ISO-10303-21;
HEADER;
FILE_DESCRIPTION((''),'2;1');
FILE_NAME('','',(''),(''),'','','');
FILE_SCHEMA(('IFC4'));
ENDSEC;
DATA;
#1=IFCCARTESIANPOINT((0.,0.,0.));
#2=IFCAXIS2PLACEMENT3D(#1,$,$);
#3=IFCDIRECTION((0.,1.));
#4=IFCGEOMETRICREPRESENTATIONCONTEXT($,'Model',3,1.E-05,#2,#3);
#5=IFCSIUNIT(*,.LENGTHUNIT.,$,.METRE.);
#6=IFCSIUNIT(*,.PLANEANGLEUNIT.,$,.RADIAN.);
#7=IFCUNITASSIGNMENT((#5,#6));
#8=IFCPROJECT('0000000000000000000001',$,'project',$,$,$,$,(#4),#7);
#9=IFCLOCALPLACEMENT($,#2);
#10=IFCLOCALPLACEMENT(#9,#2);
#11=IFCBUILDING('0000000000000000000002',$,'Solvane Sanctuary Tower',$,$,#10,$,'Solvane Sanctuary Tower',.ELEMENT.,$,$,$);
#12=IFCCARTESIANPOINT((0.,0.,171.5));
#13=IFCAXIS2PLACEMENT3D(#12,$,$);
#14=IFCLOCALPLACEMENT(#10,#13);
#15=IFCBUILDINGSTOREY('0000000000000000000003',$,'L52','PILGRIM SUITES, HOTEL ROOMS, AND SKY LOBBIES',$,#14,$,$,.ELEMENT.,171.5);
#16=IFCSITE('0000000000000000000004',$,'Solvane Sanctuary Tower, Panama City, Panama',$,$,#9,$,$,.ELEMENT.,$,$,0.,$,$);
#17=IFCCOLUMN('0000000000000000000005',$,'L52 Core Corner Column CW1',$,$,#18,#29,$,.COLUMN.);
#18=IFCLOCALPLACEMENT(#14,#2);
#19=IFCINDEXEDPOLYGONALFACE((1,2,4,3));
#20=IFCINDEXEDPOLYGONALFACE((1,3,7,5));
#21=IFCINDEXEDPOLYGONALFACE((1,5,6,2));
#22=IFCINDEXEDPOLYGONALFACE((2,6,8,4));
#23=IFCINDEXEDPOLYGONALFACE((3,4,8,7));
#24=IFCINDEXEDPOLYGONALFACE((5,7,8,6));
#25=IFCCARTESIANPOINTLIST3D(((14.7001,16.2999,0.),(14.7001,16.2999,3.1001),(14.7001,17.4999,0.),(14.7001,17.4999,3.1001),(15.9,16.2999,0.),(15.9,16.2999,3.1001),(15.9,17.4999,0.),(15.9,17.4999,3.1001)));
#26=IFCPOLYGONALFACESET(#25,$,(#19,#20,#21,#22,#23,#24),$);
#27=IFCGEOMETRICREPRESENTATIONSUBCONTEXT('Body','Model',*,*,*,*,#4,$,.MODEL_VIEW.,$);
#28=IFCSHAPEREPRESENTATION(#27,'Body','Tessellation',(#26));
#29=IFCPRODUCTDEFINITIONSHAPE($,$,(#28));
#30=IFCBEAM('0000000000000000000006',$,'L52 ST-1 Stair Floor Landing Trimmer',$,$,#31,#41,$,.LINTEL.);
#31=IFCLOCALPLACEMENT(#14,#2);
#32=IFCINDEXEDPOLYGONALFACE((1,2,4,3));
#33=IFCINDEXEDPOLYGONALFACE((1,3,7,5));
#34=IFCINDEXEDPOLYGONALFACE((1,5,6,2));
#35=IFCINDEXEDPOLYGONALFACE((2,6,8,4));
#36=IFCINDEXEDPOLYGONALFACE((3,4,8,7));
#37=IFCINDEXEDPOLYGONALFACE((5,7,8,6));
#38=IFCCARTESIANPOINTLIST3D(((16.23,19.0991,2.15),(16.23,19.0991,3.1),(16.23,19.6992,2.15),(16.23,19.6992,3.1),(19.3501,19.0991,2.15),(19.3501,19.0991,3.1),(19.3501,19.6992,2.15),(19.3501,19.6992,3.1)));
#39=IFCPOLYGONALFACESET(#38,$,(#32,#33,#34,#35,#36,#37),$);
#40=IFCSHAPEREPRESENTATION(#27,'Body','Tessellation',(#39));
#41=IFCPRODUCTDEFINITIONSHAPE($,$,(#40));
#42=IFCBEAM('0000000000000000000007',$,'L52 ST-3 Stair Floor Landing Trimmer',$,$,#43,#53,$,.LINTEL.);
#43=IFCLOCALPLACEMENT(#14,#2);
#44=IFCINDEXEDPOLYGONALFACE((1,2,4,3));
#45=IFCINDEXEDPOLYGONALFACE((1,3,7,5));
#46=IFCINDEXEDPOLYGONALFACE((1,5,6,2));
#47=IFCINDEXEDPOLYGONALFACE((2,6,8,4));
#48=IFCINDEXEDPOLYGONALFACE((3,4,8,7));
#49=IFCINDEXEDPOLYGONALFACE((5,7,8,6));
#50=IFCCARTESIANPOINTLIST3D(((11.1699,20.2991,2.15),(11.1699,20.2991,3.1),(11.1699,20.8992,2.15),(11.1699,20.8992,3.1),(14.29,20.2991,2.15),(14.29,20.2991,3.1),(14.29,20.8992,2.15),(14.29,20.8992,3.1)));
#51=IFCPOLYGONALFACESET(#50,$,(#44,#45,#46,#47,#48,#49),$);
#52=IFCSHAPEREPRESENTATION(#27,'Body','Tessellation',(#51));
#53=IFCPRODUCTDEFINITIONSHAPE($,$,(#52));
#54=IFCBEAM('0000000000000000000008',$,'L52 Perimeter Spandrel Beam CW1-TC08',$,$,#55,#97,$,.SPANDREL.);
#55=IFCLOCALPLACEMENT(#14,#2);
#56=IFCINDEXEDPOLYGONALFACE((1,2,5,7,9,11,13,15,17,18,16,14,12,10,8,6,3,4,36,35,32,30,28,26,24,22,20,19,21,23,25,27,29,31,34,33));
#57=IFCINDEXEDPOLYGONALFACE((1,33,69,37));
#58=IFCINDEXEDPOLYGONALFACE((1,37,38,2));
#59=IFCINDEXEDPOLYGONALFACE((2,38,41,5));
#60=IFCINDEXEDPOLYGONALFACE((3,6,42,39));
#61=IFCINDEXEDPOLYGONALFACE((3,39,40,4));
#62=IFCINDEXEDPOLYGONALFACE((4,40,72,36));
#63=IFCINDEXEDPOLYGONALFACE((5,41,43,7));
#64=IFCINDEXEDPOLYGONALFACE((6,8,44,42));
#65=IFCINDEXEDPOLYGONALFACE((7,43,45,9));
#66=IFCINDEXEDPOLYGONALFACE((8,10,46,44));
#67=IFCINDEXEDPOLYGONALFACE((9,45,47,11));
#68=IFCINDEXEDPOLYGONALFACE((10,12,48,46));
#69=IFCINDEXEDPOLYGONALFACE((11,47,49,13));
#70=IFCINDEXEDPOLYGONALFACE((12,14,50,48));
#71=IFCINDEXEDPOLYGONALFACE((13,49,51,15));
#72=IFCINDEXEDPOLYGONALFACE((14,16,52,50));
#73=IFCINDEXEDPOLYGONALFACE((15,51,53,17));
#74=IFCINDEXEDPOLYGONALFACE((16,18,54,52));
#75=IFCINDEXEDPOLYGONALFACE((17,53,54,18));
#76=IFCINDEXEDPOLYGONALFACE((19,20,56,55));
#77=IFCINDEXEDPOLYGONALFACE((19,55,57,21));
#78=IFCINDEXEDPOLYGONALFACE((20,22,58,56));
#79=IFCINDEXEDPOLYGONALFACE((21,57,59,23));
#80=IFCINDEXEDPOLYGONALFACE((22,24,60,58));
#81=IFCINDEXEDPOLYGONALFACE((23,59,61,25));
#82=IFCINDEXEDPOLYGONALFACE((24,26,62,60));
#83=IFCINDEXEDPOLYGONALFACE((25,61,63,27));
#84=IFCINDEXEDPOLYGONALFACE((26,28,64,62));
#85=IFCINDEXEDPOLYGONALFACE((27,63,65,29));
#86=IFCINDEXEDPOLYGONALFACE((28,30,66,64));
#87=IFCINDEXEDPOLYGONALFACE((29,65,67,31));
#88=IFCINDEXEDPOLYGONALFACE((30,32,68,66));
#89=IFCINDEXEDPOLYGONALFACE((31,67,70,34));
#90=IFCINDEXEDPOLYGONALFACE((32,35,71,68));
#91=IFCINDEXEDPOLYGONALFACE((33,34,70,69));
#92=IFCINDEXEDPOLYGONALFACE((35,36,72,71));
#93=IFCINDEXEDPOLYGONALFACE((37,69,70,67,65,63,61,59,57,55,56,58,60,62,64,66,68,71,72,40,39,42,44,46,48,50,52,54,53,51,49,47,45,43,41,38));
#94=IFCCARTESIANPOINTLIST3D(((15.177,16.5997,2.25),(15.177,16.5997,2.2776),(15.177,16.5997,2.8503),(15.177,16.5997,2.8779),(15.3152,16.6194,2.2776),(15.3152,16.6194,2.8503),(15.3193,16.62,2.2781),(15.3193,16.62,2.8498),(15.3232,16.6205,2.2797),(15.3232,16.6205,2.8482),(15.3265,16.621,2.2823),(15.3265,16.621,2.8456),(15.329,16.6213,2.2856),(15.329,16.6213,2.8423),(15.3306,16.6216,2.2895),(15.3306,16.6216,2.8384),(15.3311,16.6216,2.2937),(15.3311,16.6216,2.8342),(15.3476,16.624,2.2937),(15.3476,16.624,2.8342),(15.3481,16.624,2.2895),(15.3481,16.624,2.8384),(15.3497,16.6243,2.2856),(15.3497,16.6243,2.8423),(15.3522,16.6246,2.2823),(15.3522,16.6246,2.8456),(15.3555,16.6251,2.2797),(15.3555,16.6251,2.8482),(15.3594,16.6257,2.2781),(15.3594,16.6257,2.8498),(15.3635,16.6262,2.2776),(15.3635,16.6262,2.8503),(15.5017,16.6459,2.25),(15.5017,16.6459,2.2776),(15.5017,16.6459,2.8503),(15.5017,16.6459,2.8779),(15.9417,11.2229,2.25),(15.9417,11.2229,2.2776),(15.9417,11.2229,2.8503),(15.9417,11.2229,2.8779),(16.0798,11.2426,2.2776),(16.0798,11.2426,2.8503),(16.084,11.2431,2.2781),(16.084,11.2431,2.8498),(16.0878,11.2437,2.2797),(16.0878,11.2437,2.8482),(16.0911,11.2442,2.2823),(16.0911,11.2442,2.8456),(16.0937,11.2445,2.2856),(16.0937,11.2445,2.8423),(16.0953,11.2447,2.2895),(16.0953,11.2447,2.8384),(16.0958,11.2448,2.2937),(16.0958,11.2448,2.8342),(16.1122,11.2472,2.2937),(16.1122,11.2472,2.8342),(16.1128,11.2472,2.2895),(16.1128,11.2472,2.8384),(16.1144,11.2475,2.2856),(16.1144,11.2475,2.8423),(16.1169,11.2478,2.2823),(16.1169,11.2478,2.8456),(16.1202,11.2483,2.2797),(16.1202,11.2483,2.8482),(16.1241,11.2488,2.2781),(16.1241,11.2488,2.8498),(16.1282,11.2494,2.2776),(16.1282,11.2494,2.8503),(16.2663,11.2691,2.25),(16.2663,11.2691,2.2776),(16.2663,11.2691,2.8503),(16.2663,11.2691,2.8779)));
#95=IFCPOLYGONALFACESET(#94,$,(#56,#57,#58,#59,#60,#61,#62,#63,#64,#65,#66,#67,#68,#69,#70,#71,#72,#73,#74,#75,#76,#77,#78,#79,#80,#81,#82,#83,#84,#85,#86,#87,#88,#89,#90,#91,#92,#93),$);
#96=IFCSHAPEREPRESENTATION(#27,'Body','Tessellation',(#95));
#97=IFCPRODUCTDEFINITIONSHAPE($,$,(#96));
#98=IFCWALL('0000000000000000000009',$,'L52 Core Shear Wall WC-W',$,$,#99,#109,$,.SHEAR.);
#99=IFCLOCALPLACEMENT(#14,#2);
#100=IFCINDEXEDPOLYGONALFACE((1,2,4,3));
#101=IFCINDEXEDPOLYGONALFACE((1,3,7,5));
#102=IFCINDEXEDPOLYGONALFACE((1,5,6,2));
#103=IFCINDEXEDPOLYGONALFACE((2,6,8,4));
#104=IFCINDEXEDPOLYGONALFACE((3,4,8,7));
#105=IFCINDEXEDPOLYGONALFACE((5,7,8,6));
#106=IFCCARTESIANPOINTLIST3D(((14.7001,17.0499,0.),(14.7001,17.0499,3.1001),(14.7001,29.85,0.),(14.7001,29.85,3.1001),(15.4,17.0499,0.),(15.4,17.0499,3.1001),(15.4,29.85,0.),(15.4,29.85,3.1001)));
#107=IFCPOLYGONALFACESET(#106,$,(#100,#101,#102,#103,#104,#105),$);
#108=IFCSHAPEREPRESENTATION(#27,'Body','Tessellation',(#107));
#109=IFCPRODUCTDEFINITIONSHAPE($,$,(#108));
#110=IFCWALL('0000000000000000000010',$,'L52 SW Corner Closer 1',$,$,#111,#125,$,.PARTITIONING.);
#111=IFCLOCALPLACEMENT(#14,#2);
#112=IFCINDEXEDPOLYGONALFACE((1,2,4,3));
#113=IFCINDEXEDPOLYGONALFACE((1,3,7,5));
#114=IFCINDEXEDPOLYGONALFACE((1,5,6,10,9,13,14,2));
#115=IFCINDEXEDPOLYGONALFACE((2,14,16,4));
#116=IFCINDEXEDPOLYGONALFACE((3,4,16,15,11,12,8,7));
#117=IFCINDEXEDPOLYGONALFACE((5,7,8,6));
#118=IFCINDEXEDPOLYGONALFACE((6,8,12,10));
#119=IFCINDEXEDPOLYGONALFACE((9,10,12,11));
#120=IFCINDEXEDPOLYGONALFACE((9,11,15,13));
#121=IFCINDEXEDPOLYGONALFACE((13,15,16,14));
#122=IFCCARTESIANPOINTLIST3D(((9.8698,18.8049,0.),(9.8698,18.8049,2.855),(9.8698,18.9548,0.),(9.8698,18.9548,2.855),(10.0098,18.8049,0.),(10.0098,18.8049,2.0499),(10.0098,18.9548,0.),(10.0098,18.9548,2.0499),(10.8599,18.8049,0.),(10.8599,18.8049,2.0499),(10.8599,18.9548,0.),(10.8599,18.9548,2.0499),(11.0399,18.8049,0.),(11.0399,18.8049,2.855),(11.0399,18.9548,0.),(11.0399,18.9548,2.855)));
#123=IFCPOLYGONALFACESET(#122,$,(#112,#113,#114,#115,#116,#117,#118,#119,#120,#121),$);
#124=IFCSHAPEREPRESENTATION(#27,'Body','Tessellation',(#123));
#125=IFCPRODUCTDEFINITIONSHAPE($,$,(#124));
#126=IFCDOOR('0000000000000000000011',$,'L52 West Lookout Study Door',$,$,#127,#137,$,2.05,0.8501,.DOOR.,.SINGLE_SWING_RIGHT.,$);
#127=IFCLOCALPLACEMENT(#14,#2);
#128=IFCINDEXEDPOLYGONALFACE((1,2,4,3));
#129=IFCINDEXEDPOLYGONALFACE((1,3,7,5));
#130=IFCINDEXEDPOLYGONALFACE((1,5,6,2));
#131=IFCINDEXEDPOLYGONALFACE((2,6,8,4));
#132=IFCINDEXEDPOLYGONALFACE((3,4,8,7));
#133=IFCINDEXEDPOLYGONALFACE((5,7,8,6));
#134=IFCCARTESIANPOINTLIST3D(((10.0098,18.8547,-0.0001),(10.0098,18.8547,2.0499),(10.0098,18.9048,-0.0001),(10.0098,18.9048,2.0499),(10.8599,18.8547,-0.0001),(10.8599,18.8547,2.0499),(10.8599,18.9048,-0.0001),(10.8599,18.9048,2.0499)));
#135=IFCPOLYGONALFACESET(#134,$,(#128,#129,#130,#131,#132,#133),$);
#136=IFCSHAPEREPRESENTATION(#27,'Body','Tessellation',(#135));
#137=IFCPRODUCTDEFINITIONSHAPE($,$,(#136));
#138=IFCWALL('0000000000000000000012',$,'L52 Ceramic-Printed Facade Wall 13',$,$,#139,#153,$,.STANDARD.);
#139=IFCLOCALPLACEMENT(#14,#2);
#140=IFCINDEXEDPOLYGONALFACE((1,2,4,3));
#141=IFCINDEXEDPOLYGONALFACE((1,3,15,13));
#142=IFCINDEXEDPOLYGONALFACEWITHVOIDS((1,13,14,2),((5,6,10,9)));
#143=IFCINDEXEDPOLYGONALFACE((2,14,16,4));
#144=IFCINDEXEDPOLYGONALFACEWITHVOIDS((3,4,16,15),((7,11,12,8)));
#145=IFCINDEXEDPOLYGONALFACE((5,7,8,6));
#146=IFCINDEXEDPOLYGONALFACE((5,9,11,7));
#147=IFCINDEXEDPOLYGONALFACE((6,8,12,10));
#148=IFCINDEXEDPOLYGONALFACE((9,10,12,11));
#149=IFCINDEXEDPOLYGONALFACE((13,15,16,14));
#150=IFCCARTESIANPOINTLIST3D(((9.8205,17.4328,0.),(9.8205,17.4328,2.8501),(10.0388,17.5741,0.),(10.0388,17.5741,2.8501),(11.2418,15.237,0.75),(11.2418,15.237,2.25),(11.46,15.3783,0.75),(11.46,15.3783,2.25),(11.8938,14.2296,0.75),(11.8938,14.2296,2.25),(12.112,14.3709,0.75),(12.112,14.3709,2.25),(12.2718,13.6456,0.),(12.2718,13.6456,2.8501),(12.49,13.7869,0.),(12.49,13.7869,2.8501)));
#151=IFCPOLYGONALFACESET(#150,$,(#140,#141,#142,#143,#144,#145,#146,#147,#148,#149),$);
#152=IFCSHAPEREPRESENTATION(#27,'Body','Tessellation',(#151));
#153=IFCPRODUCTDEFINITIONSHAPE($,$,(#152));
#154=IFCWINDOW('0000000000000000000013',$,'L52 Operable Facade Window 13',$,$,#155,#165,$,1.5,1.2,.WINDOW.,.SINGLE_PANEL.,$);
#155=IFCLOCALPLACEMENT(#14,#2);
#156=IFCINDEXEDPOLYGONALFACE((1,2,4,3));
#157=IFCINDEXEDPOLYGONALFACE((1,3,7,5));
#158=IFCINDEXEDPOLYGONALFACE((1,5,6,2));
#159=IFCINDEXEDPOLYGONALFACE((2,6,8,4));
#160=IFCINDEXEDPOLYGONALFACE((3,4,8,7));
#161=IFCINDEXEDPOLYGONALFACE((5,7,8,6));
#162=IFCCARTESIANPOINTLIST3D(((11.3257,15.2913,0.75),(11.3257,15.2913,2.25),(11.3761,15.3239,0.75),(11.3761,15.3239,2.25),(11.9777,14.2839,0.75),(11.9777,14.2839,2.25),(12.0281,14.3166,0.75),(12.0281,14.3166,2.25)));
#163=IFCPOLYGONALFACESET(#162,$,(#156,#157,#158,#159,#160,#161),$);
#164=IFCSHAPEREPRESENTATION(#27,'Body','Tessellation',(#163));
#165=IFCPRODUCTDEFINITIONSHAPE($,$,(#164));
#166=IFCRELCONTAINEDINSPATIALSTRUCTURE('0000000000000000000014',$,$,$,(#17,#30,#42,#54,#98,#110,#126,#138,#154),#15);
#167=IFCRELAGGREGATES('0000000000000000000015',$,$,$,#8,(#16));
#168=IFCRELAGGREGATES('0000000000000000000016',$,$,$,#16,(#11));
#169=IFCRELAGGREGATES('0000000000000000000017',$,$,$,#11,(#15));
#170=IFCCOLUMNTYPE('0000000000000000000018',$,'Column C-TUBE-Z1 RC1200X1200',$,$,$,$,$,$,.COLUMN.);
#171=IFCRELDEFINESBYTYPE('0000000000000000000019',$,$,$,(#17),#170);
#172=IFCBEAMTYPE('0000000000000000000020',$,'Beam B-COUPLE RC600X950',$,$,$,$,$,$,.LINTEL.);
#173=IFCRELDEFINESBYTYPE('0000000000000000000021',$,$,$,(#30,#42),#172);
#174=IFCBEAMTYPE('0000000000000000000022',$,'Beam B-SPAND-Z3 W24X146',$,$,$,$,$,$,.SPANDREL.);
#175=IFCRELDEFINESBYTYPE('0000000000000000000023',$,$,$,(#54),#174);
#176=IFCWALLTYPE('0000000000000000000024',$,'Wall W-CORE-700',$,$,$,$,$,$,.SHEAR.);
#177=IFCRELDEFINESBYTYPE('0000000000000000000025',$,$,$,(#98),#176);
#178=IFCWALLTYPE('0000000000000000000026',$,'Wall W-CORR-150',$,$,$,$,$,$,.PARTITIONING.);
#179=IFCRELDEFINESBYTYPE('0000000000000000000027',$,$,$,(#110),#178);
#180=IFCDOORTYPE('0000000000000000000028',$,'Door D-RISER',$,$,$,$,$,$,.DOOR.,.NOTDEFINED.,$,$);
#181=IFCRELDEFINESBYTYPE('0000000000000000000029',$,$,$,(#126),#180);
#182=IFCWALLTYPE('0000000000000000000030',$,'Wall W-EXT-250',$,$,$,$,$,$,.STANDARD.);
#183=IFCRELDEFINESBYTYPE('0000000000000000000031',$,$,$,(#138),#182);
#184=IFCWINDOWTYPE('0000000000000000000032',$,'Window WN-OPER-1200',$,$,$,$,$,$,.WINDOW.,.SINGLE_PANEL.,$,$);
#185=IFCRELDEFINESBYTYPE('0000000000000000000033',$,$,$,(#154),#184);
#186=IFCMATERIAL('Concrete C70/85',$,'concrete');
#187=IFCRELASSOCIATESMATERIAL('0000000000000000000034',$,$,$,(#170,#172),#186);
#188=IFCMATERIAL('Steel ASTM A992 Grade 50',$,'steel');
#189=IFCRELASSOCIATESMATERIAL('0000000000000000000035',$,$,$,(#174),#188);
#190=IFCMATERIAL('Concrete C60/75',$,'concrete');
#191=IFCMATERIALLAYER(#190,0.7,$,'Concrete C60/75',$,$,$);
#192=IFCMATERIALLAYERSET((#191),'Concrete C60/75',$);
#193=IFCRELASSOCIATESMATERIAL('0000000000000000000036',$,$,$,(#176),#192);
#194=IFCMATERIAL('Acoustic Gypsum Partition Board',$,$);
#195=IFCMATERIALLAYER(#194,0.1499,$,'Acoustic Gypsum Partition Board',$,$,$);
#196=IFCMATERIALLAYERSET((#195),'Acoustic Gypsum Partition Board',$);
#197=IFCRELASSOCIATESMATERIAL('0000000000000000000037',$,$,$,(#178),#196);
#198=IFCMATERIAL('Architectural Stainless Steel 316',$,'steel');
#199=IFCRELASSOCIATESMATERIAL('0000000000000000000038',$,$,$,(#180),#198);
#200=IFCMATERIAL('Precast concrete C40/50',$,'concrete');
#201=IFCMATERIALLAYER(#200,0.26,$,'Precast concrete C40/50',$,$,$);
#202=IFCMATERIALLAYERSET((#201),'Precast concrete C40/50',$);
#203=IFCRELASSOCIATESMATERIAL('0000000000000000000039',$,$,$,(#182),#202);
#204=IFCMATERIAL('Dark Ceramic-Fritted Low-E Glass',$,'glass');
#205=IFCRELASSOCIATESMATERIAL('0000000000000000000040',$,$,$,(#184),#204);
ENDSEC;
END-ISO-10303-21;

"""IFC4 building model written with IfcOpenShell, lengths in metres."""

from ifc_helpers import new_model, si_unit, direction, frame, frame_2d, origin, origin_2d, place, context, subcontext, project, spatial, rectangle, i_section, extrude, material, layer, layer_set, material_profile, profile_set, type_object, element, fill, save


model = new_model("IFC4")

# Units and contexts
model_context = context("Model", 3, precision=1e-05, world=origin(), true_north=direction((0.0, 1.0)))
body_context = subcontext(model_context, "Body", "Model", "MODEL_VIEW")
ifc_project = project(units=[si_unit("LENGTHUNIT", "METRE"), si_unit("PLANEANGLEUNIT", "RADIAN")], contexts=[model_context])

# Site, building, storey
site_placement = place(None, origin())
site = spatial("IfcSite", under=ifc_project, at=site_placement, Name="Solvane Sanctuary Tower, Panama City, Panama", CompositionType="ELEMENT", RefElevation=0.0)
building_placement = place(site_placement, origin())
building = spatial("IfcBuilding", under=site, at=building_placement, Name="Solvane Sanctuary Tower", LongName="Solvane Sanctuary Tower", CompositionType="ELEMENT")
storey_placement = place(building_placement, frame((0.0, 0.0, 171.5)))
storey = spatial("IfcBuildingStorey", under=building, at=storey_placement, Name="L52", Description="PILGRIM SUITES, HOTEL ROOMS, AND SKY LOBBIES", CompositionType="ELEMENT", Elevation=171.5)

# Column
ifc_material_1 = material(Name="Concrete C70/85", Category="concrete")
ifc_material_profile_1 = material_profile(ifc_material_1, rectangle(XDim=1.2, YDim=1.2, at=origin_2d()), Name="RC1200X1200")
ifc_profile_set_1 = profile_set([ifc_material_profile_1], Name="Concrete C70/85")
column_type = type_object("IfcColumnType", Name="Column C-TUBE-Z1 RC1200X1200", PredefinedType="COLUMN", material=ifc_profile_set_1)
column_placement = place(storey_placement, frame((15.3, 16.8999, 0.0), z_axis=(0.0, 0.0, 1.0), x_axis=(1.0, 0.0, 0.0)))
element("IfcColumn", 1, at=column_placement, inside=storey, type_object=column_type, Name="L52 Core Corner Column CW1", PredefinedType="COLUMN", context=body_context, shape_type="SweptSolid", body=[
    extrude(rectangle(XDim=1.2, YDim=1.2, at=origin_2d()), origin(), (0.0, 0.0, 1.0), 3.1001),
])

# Beams
ifc_material_profile_2 = material_profile(ifc_material_1, rectangle(XDim=0.6001, YDim=0.95, at=origin_2d()), Name="RC600X950")
ifc_profile_set_2 = profile_set([ifc_material_profile_2], Name="Concrete C70/85")
beam_type_1 = type_object("IfcBeamType", Name="Beam B-COUPLE RC600X950", PredefinedType="LINTEL", material=ifc_profile_set_2)
for number, where, z_axis, x_axis, name in (
    (2, (16.23, 19.3992, 2.625), (1.0, 0.0, 0.0), (0.0, 1.0, 0.0), "L52 ST-1 Stair Floor Landing Trimmer"),
    (3, (11.1699, 20.5991, 2.625), (1.0, 0.0, 0.0), (0.0, 1.0, 0.0), "L52 ST-3 Stair Floor Landing Trimmer"),
):
    element("IfcBeam", number, at=place(storey_placement, frame(where, z_axis=z_axis, x_axis=x_axis)), inside=storey, type_object=beam_type_1, Name=name, PredefinedType="LINTEL", context=body_context, shape_type="SweptSolid", body=[
        extrude(rectangle(XDim=0.6001, YDim=0.95, at=origin_2d()), origin(), (0.0, 0.0, 1.0), 3.1201),
    ])
ifc_material_2 = material(Name="Steel ASTM A992 Grade 50", Category="steel")
ifc_material_profile_3 = material_profile(ifc_material_2, i_section(OverallWidth=0.3279, OverallDepth=0.6279, WebThickness=0.0166, FlangeThickness=0.0276, FilletRadius=0.0161, at=origin_2d()), Name="W24X146")
ifc_profile_set_3 = profile_set([ifc_material_profile_3], Name="Steel ASTM A992 Grade 50")
beam_type_2 = type_object("IfcBeamType", Name="Beam B-SPAND-Z3 W24X146", PredefinedType="SPANDREL", material=ifc_profile_set_3)
beam_placement = place(storey_placement, frame((15.3394, 16.6228, 2.564), z_axis=(0.140798, -0.990038, 0.0), x_axis=(0.990038, 0.140798, 0.0)))
element("IfcBeam", 4, at=beam_placement, inside=storey, type_object=beam_type_2, Name="L52 Perimeter Spandrel Beam CW1-TC08", PredefinedType="SPANDREL", context=body_context, shape_type="SweptSolid", body=[
    extrude(i_section(OverallWidth=0.3279, OverallDepth=0.6279, WebThickness=0.0166, FlangeThickness=0.0276, FilletRadius=0.0161, at=origin_2d()), origin(), (0.0, 0.0, 1.0), 5.4309),
])

# Wall
ifc_material_3 = material(Name="Concrete C60/75", Category="concrete")
ifc_layer_1 = layer(ifc_material_3, 0.7, Name="Concrete C60/75")
ifc_layer_set_1 = layer_set([ifc_layer_1], Name="Concrete C60/75")
wall_type_1 = type_object("IfcWallType", Name="Wall W-CORE-700", PredefinedType="SHEAR", material=ifc_layer_set_1)
wall_1_placement = place(storey_placement, frame((15.05, 17.05, 0.0), z_axis=(0.0, 0.0, 1.0), x_axis=(0.0, 1.0, 0.0)))
element("IfcWall", 5, at=wall_1_placement, inside=storey, type_object=wall_type_1, Name="L52 Core Shear Wall WC-W", PredefinedType="SHEAR", context=body_context, shape_type="SweptSolid", body=[
    extrude(rectangle(XDim=12.8, YDim=0.7, at=frame_2d((6.3999, 0.0))), origin(), (0.0, 0.0, 1.0), 3.1001),
])

# Wall, opening, door
ifc_material_4 = material(Name="Acoustic Gypsum Partition Board")
ifc_layer_2 = layer(ifc_material_4, 0.1499, Name="Acoustic Gypsum Partition Board")
ifc_layer_set_2 = layer_set([ifc_layer_2], Name="Acoustic Gypsum Partition Board")
wall_type_2 = type_object("IfcWallType", Name="Wall W-CORR-150", PredefinedType="PARTITIONING", material=ifc_layer_set_2)
wall_2_placement = place(storey_placement, frame((9.8699, 18.8799, 0.0), z_axis=(0.0, 0.0, 1.0), x_axis=(1.0, 0.0, 0.0)))
wall_2 = element("IfcWall", 6, at=wall_2_placement, inside=storey, type_object=wall_type_2, Name="L52 SW Corner Closer 1", PredefinedType="PARTITIONING", context=body_context, shape_type="SweptSolid", body=[
    extrude(rectangle(XDim=1.1702, YDim=0.1499, at=frame_2d((0.585, 0.0))), origin(), (0.0, 0.0, 1.0), 2.855),
])
opening_1_placement = place(wall_2_placement, frame((0.1399, 0.0, 0.0)))
opening_1 = element("IfcOpeningElement", 7, at=opening_1_placement, cuts=wall_2, PredefinedType="OPENING", context=body_context, shape_type="SweptSolid", body=[
    extrude(rectangle(XDim=0.8501, YDim=2.05, at=frame_2d((0.425, 1.0249))), frame((0.0, 0.085, 0.0), z_axis=(0.0, -1.0, 0.0), x_axis=(1.0, 0.0, 0.0)), (0.0, 0.0, 1.0), 0.1699),
])
ifc_material_5 = material(Name="Architectural Stainless Steel 316", Category="steel")
door_type_1 = type_object("IfcDoorType", Name="Door D-RISER", OperationType="NOTDEFINED", PredefinedType="DOOR", material=ifc_material_5)
door_1_placement = place(opening_1_placement, origin())
door_1 = element("IfcDoor", 8, at=door_1_placement, inside=storey, type_object=door_type_1, Name="L52 West Lookout Study Door", OperationType="SINGLE_SWING_RIGHT", OverallHeight=2.05, OverallWidth=0.8501, PredefinedType="DOOR", context=body_context, shape_type="SweptSolid", body=[
    extrude(rectangle(XDim=0.8501, YDim=2.05, at=frame_2d((0.425, 1.0249))), frame((0.0, 0.0249, 0.0), z_axis=(0.0, -1.0, 0.0), x_axis=(1.0, 0.0, 0.0)), (0.0, 0.0, 1.0), 0.05),
])
fill(opening_1, door_1)

# Wall, opening, window
ifc_material_6 = material(Name="Precast concrete C40/50", Category="concrete")
ifc_layer_3 = layer(ifc_material_6, 0.26, Name="Precast concrete C40/50")
ifc_layer_set_3 = layer_set([ifc_layer_3], Name="Precast concrete C40/50")
wall_type_3 = type_object("IfcWallType", Name="Wall W-EXT-250", PredefinedType="STANDARD", material=ifc_layer_set_3)
wall_3_placement = place(storey_placement, frame((9.9297, 17.5034, 0.0), z_axis=(0.0, 0.0, 1.0), x_axis=(0.543359, -0.8395, 0.0)))
wall_3 = element("IfcWall", 9, at=wall_3_placement, inside=storey, type_object=wall_type_3, Name="L52 Ceramic-Printed Facade Wall 13", PredefinedType="STANDARD", context=body_context, shape_type="SweptSolid", body=[
    extrude(rectangle(XDim=4.5112, YDim=0.26, at=frame_2d((2.2556, 0.0))), origin(), (0.0, 0.0, 1.0), 2.8501),
])
opening_2_placement = place(wall_3_placement, frame((2.6155, 0.0, 0.75)))
opening_2 = element("IfcOpeningElement", 10, at=opening_2_placement, cuts=wall_3, PredefinedType="OPENING", context=body_context, shape_type="SweptSolid", body=[
    extrude(rectangle(XDim=1.2, YDim=1.5, at=frame_2d((0.6001, 0.75))), frame((0.0, 0.1399, 0.0), z_axis=(0.0, -1.0, 0.0), x_axis=(1.0, 0.0, 0.0)), (0.0, 0.0, 1.0), 0.28),
])
ifc_material_7 = material(Name="Dark Ceramic-Fritted Low-E Glass", Category="glass")
window_type = type_object("IfcWindowType", Name="Window WN-OPER-1200", PartitioningType="SINGLE_PANEL", PredefinedType="WINDOW", material=ifc_material_7)
window_placement = place(opening_2_placement, origin())
window = element("IfcWindow", 11, at=window_placement, inside=storey, type_object=window_type, Name="L52 Operable Facade Window 13", OverallHeight=1.5, OverallWidth=1.2, PartitioningType="SINGLE_PANEL", PredefinedType="WINDOW", context=body_context, shape_type="SweptSolid", body=[
    extrude(rectangle(XDim=1.2, YDim=1.5, at=frame_2d((0.6001, 0.75))), frame((0.0, 0.03, 0.0), z_axis=(0.0, -1.0, 0.0), x_axis=(1.0, 0.0, 0.0)), (0.0, 0.0, 1.0), 0.0601),
])
fill(opening_2, window)

save(model, "model.ifc")
